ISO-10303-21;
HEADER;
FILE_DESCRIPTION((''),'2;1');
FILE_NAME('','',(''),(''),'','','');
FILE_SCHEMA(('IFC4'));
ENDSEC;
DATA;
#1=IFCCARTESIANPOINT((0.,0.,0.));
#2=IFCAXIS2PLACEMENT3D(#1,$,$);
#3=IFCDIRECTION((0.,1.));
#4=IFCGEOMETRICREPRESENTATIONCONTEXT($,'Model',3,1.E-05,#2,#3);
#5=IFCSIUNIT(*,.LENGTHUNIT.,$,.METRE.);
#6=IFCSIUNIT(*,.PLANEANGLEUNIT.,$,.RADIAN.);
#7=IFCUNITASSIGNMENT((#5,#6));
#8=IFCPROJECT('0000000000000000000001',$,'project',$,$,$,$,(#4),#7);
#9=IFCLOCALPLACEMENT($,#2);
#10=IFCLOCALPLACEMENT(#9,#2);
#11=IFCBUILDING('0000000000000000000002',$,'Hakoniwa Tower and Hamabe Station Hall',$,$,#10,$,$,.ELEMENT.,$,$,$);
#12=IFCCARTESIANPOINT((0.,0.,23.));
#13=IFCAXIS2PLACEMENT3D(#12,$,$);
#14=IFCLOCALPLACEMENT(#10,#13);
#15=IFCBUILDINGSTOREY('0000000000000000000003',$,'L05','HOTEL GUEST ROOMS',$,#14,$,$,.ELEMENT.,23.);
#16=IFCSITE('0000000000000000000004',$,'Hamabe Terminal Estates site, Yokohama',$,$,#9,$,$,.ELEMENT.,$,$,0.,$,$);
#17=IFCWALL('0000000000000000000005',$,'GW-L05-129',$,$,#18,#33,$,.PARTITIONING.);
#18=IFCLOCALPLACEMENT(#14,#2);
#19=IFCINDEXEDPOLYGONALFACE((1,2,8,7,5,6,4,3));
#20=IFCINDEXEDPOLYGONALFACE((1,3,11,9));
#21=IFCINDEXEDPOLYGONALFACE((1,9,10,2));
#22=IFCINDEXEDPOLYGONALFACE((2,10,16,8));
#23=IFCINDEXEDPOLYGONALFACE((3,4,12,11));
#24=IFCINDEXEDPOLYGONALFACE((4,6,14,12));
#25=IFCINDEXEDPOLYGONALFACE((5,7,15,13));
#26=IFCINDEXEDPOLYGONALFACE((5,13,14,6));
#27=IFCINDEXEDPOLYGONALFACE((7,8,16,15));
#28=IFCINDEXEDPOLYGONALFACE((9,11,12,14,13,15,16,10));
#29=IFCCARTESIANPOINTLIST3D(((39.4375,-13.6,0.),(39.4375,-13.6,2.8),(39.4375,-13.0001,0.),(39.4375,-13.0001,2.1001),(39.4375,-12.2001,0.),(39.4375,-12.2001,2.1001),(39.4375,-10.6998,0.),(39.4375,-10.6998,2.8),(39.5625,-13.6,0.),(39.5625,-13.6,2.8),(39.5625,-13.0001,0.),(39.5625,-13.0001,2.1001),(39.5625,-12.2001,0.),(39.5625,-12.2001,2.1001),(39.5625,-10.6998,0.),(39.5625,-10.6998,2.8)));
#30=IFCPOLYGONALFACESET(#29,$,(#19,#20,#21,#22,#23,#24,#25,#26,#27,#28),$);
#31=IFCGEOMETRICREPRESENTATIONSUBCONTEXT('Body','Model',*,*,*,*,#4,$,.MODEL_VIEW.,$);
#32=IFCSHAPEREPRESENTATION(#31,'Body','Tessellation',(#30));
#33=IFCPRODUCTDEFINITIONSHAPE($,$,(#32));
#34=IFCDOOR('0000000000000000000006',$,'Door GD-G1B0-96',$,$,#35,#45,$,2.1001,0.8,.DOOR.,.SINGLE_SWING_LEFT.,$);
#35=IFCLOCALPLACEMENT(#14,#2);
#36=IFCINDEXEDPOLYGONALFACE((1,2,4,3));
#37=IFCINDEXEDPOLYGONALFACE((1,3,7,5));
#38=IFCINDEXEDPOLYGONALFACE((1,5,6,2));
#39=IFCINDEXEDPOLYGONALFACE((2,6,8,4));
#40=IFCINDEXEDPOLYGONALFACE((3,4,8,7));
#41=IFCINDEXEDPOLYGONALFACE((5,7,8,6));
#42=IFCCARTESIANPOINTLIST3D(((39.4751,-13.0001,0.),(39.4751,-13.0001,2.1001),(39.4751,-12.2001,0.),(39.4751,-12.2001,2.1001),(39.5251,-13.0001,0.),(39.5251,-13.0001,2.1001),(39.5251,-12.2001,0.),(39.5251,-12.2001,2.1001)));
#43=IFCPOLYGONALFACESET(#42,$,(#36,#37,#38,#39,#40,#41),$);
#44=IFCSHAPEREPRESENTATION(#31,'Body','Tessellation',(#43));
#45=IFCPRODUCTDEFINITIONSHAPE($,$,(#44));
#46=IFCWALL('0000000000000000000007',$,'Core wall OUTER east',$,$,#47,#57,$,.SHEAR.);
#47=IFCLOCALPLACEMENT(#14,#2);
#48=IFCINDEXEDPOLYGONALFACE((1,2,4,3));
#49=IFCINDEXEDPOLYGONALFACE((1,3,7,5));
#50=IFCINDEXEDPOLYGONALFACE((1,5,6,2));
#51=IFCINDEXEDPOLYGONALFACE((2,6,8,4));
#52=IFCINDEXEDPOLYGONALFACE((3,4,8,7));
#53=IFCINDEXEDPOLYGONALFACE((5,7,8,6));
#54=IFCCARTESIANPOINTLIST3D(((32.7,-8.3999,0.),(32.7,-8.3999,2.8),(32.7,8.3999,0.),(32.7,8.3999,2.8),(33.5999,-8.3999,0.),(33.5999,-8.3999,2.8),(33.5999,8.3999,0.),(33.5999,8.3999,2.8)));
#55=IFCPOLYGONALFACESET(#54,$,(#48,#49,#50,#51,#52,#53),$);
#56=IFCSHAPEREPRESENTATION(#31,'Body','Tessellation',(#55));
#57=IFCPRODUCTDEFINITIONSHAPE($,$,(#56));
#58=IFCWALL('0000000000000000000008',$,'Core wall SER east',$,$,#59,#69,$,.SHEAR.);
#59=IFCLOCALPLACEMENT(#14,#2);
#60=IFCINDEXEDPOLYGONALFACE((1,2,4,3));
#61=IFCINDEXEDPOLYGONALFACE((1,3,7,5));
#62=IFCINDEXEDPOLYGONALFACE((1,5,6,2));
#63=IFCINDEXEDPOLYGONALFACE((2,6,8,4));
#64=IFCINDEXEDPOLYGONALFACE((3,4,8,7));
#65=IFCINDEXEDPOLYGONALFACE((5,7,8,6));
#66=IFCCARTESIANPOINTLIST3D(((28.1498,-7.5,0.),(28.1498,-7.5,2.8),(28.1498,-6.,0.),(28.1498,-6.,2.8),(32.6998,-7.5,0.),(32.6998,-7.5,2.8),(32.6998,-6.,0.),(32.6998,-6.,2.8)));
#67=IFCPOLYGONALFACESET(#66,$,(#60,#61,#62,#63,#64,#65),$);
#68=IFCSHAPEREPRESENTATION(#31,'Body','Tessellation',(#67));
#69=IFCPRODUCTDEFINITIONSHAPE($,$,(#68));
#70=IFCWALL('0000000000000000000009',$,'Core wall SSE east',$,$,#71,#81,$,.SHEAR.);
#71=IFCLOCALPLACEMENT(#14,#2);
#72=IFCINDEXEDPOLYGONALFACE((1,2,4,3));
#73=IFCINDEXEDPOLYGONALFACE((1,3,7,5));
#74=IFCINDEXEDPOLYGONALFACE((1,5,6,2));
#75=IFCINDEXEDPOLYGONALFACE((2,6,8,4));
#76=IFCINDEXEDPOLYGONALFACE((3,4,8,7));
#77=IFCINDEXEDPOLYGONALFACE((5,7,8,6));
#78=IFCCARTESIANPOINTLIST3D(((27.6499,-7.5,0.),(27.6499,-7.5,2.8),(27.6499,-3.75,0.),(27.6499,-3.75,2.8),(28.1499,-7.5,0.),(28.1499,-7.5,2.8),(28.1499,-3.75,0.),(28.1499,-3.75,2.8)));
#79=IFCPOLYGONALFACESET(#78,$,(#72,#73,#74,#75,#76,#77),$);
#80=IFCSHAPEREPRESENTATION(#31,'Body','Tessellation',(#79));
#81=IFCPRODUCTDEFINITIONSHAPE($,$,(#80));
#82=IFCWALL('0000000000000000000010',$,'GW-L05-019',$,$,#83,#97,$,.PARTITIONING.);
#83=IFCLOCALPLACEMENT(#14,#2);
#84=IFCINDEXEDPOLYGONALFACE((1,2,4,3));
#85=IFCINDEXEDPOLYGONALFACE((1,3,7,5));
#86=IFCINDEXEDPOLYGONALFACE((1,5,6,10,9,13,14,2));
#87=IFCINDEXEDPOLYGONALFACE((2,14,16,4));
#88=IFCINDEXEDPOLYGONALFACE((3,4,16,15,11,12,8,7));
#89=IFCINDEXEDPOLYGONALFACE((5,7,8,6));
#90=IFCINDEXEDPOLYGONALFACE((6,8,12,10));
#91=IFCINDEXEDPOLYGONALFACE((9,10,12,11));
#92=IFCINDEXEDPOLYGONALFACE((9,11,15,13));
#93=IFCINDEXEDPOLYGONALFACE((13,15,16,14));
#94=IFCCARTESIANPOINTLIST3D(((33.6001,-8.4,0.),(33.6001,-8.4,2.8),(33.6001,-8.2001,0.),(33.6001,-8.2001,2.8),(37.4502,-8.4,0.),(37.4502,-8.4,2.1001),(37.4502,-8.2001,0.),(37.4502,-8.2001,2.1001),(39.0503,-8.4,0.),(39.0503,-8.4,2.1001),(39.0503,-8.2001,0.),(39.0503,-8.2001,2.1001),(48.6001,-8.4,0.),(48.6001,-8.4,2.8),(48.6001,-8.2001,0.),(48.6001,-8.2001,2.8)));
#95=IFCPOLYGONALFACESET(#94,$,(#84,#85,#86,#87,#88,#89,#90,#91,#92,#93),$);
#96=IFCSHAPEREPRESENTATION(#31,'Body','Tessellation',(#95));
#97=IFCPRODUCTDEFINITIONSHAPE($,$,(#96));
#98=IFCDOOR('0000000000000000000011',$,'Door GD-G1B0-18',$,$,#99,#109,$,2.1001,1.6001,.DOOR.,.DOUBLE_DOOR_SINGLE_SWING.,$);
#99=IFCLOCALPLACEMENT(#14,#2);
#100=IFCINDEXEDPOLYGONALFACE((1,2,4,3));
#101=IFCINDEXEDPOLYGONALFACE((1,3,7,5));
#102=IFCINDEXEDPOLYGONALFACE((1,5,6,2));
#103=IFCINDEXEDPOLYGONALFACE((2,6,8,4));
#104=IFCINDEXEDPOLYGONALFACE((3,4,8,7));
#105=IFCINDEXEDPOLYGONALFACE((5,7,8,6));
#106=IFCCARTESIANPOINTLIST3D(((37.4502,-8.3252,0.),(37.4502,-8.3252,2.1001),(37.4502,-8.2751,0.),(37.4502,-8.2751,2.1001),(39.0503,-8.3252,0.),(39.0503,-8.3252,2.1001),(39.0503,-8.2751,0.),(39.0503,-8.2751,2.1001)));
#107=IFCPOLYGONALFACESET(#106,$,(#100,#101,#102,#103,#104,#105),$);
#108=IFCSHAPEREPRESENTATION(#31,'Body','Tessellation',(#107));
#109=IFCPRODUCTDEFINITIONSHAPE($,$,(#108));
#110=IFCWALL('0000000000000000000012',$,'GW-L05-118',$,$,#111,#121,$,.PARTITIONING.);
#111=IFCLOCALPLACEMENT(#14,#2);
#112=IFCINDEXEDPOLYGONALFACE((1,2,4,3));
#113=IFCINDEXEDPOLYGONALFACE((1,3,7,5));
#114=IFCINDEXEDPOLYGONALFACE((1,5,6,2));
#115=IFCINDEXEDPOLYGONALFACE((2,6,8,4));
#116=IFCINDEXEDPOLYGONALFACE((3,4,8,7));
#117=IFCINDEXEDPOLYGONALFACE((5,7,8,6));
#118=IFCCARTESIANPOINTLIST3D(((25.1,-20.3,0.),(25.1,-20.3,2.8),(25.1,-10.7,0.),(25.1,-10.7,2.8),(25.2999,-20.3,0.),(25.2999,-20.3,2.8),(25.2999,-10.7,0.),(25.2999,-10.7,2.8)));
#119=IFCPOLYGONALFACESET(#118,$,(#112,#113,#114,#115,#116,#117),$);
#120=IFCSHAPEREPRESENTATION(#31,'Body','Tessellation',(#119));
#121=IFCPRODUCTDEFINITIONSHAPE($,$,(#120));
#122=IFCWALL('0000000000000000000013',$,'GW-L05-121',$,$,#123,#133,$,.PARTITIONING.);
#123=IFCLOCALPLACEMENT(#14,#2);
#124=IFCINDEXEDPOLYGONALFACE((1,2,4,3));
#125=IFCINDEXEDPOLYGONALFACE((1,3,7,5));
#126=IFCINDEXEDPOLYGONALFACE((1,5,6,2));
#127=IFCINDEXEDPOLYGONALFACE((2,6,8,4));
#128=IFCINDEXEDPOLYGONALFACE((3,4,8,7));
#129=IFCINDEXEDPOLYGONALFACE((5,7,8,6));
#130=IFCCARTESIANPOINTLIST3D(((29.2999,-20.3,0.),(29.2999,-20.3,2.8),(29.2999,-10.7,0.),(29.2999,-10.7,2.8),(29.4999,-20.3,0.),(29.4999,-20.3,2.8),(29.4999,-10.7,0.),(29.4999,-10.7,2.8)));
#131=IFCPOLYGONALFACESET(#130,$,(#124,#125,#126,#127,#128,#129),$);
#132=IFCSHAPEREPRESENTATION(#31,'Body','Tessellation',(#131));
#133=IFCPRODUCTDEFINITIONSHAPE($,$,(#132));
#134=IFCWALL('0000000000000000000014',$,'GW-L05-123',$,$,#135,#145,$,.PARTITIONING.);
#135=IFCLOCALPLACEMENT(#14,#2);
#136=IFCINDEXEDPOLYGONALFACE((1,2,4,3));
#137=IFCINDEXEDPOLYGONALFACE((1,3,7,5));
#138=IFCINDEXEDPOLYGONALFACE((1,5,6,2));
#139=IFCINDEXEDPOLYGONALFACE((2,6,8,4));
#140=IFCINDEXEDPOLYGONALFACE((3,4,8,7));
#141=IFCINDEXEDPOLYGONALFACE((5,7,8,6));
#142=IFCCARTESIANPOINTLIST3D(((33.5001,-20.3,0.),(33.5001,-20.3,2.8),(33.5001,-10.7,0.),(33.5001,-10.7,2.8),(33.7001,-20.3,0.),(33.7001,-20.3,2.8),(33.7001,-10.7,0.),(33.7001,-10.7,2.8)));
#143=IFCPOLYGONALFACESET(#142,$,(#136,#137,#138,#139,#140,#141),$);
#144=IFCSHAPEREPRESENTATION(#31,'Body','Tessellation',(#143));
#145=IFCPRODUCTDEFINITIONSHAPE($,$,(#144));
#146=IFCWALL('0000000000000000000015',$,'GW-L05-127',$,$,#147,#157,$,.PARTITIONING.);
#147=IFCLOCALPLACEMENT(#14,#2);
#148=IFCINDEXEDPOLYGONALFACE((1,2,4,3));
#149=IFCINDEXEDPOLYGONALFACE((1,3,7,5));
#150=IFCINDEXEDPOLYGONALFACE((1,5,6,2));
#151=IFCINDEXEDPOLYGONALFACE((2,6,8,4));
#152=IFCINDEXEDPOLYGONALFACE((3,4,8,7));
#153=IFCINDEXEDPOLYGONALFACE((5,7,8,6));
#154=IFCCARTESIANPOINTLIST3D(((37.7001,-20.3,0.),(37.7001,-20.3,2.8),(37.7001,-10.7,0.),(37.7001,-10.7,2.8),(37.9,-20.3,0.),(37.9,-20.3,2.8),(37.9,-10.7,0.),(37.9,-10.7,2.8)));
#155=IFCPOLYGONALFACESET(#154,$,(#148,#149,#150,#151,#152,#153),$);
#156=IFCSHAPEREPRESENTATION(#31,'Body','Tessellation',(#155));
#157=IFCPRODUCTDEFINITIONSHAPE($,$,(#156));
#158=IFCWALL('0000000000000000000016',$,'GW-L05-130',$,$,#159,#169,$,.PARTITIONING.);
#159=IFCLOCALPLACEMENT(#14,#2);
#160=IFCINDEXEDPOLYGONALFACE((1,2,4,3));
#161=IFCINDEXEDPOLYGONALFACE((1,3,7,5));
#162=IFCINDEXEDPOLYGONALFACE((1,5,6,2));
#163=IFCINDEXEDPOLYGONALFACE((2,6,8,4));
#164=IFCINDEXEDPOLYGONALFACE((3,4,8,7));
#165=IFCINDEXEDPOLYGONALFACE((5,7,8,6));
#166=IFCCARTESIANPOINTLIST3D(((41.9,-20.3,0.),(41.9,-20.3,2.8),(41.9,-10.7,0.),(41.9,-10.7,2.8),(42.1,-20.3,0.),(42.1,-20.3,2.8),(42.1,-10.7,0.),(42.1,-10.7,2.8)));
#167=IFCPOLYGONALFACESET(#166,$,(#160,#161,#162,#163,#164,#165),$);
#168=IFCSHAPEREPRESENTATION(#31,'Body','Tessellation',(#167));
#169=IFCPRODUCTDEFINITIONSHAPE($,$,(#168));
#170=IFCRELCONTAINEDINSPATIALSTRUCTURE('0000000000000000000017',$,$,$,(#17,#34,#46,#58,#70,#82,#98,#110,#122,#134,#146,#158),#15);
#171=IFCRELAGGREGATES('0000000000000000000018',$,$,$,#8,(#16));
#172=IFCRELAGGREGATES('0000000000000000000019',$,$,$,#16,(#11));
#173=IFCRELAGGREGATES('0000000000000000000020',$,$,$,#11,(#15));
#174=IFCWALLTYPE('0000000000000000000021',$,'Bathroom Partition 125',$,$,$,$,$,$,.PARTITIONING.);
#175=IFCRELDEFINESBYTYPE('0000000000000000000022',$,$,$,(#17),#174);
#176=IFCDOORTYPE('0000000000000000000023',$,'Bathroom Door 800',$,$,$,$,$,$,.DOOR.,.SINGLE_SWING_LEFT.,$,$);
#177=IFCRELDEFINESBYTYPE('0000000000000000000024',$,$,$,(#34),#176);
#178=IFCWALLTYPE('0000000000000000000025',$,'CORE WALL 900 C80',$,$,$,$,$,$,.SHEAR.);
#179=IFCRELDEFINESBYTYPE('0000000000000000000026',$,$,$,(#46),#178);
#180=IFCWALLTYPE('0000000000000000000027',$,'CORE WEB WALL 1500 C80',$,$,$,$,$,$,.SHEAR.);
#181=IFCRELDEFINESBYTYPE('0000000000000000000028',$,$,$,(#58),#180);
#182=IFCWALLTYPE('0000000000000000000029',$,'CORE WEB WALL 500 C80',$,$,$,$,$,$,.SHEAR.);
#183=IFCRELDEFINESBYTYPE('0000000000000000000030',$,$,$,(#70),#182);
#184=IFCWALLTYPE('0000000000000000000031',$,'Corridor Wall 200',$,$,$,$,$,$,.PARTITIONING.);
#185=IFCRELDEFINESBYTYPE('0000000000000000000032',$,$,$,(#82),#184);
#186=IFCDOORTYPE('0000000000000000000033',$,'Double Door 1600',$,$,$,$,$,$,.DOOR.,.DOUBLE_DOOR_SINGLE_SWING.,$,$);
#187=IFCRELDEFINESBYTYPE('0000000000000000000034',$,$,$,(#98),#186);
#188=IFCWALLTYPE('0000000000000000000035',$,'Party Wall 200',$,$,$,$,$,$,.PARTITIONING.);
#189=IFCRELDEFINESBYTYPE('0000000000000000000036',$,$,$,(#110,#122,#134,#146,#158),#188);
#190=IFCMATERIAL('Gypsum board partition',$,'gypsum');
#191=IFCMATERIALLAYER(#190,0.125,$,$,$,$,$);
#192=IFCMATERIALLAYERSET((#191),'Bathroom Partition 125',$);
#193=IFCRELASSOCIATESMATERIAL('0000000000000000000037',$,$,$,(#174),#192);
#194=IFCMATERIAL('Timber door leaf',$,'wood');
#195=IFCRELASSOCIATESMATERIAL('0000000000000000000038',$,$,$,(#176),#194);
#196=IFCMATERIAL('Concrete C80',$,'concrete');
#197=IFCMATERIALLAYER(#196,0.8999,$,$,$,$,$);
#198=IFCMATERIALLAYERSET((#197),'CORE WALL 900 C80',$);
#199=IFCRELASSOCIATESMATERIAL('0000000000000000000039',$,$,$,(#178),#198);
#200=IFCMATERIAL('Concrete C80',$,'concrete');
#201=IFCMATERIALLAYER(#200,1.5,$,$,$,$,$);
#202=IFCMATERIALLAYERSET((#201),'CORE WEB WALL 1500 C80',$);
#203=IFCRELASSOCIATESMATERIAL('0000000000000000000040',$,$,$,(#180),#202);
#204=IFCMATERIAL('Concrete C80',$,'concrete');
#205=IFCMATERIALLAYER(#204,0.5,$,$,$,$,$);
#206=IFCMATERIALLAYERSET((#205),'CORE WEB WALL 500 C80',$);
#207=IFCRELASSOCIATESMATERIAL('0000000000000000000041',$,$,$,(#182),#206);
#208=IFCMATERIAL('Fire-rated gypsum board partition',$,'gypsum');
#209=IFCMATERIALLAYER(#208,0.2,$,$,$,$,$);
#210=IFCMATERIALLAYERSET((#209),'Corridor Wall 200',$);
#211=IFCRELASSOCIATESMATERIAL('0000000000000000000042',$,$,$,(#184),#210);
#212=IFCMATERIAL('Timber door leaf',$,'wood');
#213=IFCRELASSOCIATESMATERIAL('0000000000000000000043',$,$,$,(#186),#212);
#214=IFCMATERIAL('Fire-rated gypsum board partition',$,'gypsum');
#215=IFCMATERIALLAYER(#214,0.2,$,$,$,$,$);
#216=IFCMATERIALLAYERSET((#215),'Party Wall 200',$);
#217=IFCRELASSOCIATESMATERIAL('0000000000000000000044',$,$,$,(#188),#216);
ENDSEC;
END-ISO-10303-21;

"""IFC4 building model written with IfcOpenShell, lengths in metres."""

from ifc_helpers import new_model, si_unit, direction, frame, frame_2d, origin, place, context, subcontext, project, spatial, rectangle, extrude, material, layer, layer_set, type_object, element, fill, save


model = new_model("IFC4")

# Units and contexts
model_context = context("Model", 3, precision=1e-05, world=origin(), true_north=direction((0.0, 1.0)))
body_context = subcontext(model_context, "Body", "Model", "MODEL_VIEW")
ifc_project = project(units=[si_unit("LENGTHUNIT", "METRE"), si_unit("PLANEANGLEUNIT", "RADIAN")], contexts=[model_context])

# Site, building, storey
site_placement = place(None, origin())
site = spatial("IfcSite", under=ifc_project, at=site_placement, Name="Hamabe Terminal Estates site, Yokohama", CompositionType="ELEMENT", RefElevation=0.0)
building_placement = place(site_placement, origin())
building = spatial("IfcBuilding", under=site, at=building_placement, Name="Hakoniwa Tower and Hamabe Station Hall", CompositionType="ELEMENT")
storey_placement = place(building_placement, frame((0.0, 0.0, 23.0)))
storey = spatial("IfcBuildingStorey", under=building, at=storey_placement, Name="L05", Description="HOTEL GUEST ROOMS", CompositionType="ELEMENT", Elevation=23.0)

# Shared definitions
ifc_material_1 = material(Name="Gypsum board partition", Category="gypsum")
ifc_layer_1 = layer(ifc_material_1, 0.125)
ifc_layer_set_1 = layer_set([ifc_layer_1], Name="Bathroom Partition 125")
wall_type_1 = type_object("IfcWallType", Name="Bathroom Partition 125", PredefinedType="PARTITIONING", material=ifc_layer_set_1)

# Wall, opening, door
ifc_material_2 = material(Name="Timber door leaf", Category="wood")
door_type_1 = type_object("IfcDoorType", Name="Bathroom Door 800", OperationType="SINGLE_SWING_LEFT", PredefinedType="DOOR", material=ifc_material_2)
wall_1_placement = place(storey_placement, frame((39.5, -13.6001, 0.0), z_axis=(0.0, 0.0, 1.0), x_axis=(0.0, 1.0, 0.0)))
wall_1 = element("IfcWall", 1, at=wall_1_placement, inside=storey, type_object=wall_type_1, Name="GW-L05-129", PredefinedType="PARTITIONING", context=body_context, shape_type="SweptSolid", body=[
    extrude(rectangle(XDim=2.9001, YDim=0.125, at=frame_2d((1.4502, 0.0))), origin(), (0.0, 0.0, 1.0), 2.8),
])
opening_1_placement = place(wall_1_placement, frame((0.6001, 0.0, 0.0)))
opening_1 = element("IfcOpeningElement", 2, at=opening_1_placement, cuts=wall_1, PredefinedType="OPENING", context=body_context, shape_type="SweptSolid", body=[
    extrude(rectangle(XDim=0.8, YDim=2.1001, at=frame_2d((0.3999, 1.05))), frame((0.0, 0.0725, 0.0), z_axis=(0.0, -1.0, 0.0), x_axis=(1.0, 0.0, 0.0)), (0.0, 0.0, 1.0), 0.145),
])
door_1_placement = place(opening_1_placement, origin())
door_1 = element("IfcDoor", 3, at=door_1_placement, inside=storey, type_object=door_type_1, Name="Door GD-G1B0-96", OperationType="SINGLE_SWING_LEFT", OverallHeight=2.1001, OverallWidth=0.8, PredefinedType="DOOR", context=body_context, shape_type="SweptSolid", body=[
    extrude(rectangle(XDim=0.8, YDim=2.1001, at=frame_2d((0.3999, 1.05))), frame((0.0, 0.0249, 0.0), z_axis=(0.0, -1.0, 0.0), x_axis=(1.0, 0.0, 0.0)), (0.0, 0.0, 1.0), 0.05),
])
fill(opening_1, door_1)

# Walls
ifc_material_3 = material(Name="Concrete C80", Category="concrete")
ifc_layer_2 = layer(ifc_material_3, 0.8999)
ifc_layer_set_2 = layer_set([ifc_layer_2], Name="CORE WALL 900 C80")
wall_type_2 = type_object("IfcWallType", Name="CORE WALL 900 C80", PredefinedType="SHEAR", material=ifc_layer_set_2)
wall_2_placement = place(storey_placement, frame((33.1499, -8.3999, 0.0), z_axis=(0.0, 0.0, 1.0), x_axis=(0.0, 1.0, 0.0)))
element("IfcWall", 4, at=wall_2_placement, inside=storey, type_object=wall_type_2, Name="Core wall OUTER east", PredefinedType="SHEAR", context=body_context, shape_type="SweptSolid", body=[
    extrude(rectangle(XDim=16.7998, YDim=0.8999, at=frame_2d((8.3999, 0.0))), origin(), (0.0, 0.0, 1.0), 2.8),
])
ifc_material_4 = material(Name="Concrete C80", Category="concrete")
ifc_layer_3 = layer(ifc_material_4, 1.5)
ifc_layer_set_3 = layer_set([ifc_layer_3], Name="CORE WEB WALL 1500 C80")
wall_type_3 = type_object("IfcWallType", Name="CORE WEB WALL 1500 C80", PredefinedType="SHEAR", material=ifc_layer_set_3)
wall_3_placement = place(storey_placement, frame((28.1499, -6.75, 0.0), z_axis=(0.0, 0.0, 1.0), x_axis=(1.0, 0.0, 0.0)))
element("IfcWall", 5, at=wall_3_placement, inside=storey, type_object=wall_type_3, Name="Core wall SER east", PredefinedType="SHEAR", context=body_context, shape_type="SweptSolid", body=[
    extrude(rectangle(XDim=4.55, YDim=1.5, at=frame_2d((2.2749, 0.0))), origin(), (0.0, 0.0, 1.0), 2.8),
])
ifc_material_5 = material(Name="Concrete C80", Category="concrete")
ifc_layer_4 = layer(ifc_material_5, 0.5)
ifc_layer_set_4 = layer_set([ifc_layer_4], Name="CORE WEB WALL 500 C80")
wall_type_4 = type_object("IfcWallType", Name="CORE WEB WALL 500 C80", PredefinedType="SHEAR", material=ifc_layer_set_4)
wall_4_placement = place(storey_placement, frame((27.8999, -7.5, 0.0), z_axis=(0.0, 0.0, 1.0), x_axis=(0.0, 1.0, 0.0)))
element("IfcWall", 6, at=wall_4_placement, inside=storey, type_object=wall_type_4, Name="Core wall SSE east", PredefinedType="SHEAR", context=body_context, shape_type="SweptSolid", body=[
    extrude(rectangle(XDim=3.75, YDim=0.5, at=frame_2d((1.875, 0.0))), origin(), (0.0, 0.0, 1.0), 2.8),
])

# Wall, opening, door
ifc_material_6 = material(Name="Fire-rated gypsum board partition", Category="gypsum")
ifc_layer_5 = layer(ifc_material_6, 0.2)
ifc_layer_set_5 = layer_set([ifc_layer_5], Name="Corridor Wall 200")
wall_type_5 = type_object("IfcWallType", Name="Corridor Wall 200", PredefinedType="PARTITIONING", material=ifc_layer_set_5)
wall_5_placement = place(storey_placement, frame((33.6001, -8.3, 0.0), z_axis=(0.0, 0.0, 1.0), x_axis=(1.0, 0.0, 0.0)))
wall_5 = element("IfcWall", 7, at=wall_5_placement, inside=storey, type_object=wall_type_5, Name="GW-L05-019", PredefinedType="PARTITIONING", context=body_context, shape_type="SweptSolid", body=[
    extrude(rectangle(XDim=15.0, YDim=0.2, at=frame_2d((7.5, 0.0))), origin(), (0.0, 0.0, 1.0), 2.8),
])
opening_2_placement = place(wall_5_placement, frame((3.8501, 0.0, 0.0)))
opening_2 = element("IfcOpeningElement", 8, at=opening_2_placement, cuts=wall_5, PredefinedType="OPENING", context=body_context, shape_type="SweptSolid", body=[
    extrude(rectangle(XDim=1.6001, YDim=2.1001, at=frame_2d((0.8, 1.05))), frame((0.0, 0.1099, 0.0), z_axis=(0.0, -1.0, 0.0), x_axis=(1.0, 0.0, 0.0)), (0.0, 0.0, 1.0), 0.22),
])
ifc_material_7 = material(Name="Timber door leaf", Category="wood")
door_type_2 = type_object("IfcDoorType", Name="Double Door 1600", OperationType="DOUBLE_DOOR_SINGLE_SWING", PredefinedType="DOOR", material=ifc_material_7)
door_2_placement = place(opening_2_placement, origin())
door_2 = element("IfcDoor", 9, at=door_2_placement, inside=storey, type_object=door_type_2, Name="Door GD-G1B0-18", OperationType="DOUBLE_DOOR_SINGLE_SWING", OverallHeight=2.1001, OverallWidth=1.6001, PredefinedType="DOOR", context=body_context, shape_type="SweptSolid", body=[
    extrude(rectangle(XDim=1.6001, YDim=2.1001, at=frame_2d((0.8, 1.05))), frame((0.0, 0.0249, 0.0), z_axis=(0.0, -1.0, 0.0), x_axis=(1.0, 0.0, 0.0)), (0.0, 0.0, 1.0), 0.05),
])
fill(opening_2, door_2)

# Walls
ifc_material_8 = material(Name="Fire-rated gypsum board partition", Category="gypsum")
ifc_layer_6 = layer(ifc_material_8, 0.2)
ifc_layer_set_6 = layer_set([ifc_layer_6], Name="Party Wall 200")
wall_type_6 = type_object("IfcWallType", Name="Party Wall 200", PredefinedType="PARTITIONING", material=ifc_layer_set_6)
for number, where, z_axis, x_axis, name in (
    (10, (25.2, -20.3, 0.0), (0.0, 0.0, 1.0), (0.0, 1.0, 0.0), "GW-L05-118"),
    (11, (29.3999, -20.3, 0.0), (0.0, 0.0, 1.0), (0.0, 1.0, 0.0), "GW-L05-121"),
    (12, (33.6001, -20.3, 0.0), (0.0, 0.0, 1.0), (0.0, 1.0, 0.0), "GW-L05-123"),
    (13, (37.8, -20.3, 0.0), (0.0, 0.0, 1.0), (0.0, 1.0, 0.0), "GW-L05-127"),
    (14, (42.0, -20.3, 0.0), (0.0, 0.0, 1.0), (0.0, 1.0, 0.0), "GW-L05-130"),
):
    element("IfcWall", number, at=place(storey_placement, frame(where, z_axis=z_axis, x_axis=x_axis)), inside=storey, type_object=wall_type_6, Name=name, PredefinedType="PARTITIONING", context=body_context, shape_type="SweptSolid", body=[
        extrude(rectangle(XDim=9.6001, YDim=0.2, at=frame_2d((4.8, 0.0))), origin(), (0.0, 0.0, 1.0), 2.8),
    ])

save(model, "model.ifc")
